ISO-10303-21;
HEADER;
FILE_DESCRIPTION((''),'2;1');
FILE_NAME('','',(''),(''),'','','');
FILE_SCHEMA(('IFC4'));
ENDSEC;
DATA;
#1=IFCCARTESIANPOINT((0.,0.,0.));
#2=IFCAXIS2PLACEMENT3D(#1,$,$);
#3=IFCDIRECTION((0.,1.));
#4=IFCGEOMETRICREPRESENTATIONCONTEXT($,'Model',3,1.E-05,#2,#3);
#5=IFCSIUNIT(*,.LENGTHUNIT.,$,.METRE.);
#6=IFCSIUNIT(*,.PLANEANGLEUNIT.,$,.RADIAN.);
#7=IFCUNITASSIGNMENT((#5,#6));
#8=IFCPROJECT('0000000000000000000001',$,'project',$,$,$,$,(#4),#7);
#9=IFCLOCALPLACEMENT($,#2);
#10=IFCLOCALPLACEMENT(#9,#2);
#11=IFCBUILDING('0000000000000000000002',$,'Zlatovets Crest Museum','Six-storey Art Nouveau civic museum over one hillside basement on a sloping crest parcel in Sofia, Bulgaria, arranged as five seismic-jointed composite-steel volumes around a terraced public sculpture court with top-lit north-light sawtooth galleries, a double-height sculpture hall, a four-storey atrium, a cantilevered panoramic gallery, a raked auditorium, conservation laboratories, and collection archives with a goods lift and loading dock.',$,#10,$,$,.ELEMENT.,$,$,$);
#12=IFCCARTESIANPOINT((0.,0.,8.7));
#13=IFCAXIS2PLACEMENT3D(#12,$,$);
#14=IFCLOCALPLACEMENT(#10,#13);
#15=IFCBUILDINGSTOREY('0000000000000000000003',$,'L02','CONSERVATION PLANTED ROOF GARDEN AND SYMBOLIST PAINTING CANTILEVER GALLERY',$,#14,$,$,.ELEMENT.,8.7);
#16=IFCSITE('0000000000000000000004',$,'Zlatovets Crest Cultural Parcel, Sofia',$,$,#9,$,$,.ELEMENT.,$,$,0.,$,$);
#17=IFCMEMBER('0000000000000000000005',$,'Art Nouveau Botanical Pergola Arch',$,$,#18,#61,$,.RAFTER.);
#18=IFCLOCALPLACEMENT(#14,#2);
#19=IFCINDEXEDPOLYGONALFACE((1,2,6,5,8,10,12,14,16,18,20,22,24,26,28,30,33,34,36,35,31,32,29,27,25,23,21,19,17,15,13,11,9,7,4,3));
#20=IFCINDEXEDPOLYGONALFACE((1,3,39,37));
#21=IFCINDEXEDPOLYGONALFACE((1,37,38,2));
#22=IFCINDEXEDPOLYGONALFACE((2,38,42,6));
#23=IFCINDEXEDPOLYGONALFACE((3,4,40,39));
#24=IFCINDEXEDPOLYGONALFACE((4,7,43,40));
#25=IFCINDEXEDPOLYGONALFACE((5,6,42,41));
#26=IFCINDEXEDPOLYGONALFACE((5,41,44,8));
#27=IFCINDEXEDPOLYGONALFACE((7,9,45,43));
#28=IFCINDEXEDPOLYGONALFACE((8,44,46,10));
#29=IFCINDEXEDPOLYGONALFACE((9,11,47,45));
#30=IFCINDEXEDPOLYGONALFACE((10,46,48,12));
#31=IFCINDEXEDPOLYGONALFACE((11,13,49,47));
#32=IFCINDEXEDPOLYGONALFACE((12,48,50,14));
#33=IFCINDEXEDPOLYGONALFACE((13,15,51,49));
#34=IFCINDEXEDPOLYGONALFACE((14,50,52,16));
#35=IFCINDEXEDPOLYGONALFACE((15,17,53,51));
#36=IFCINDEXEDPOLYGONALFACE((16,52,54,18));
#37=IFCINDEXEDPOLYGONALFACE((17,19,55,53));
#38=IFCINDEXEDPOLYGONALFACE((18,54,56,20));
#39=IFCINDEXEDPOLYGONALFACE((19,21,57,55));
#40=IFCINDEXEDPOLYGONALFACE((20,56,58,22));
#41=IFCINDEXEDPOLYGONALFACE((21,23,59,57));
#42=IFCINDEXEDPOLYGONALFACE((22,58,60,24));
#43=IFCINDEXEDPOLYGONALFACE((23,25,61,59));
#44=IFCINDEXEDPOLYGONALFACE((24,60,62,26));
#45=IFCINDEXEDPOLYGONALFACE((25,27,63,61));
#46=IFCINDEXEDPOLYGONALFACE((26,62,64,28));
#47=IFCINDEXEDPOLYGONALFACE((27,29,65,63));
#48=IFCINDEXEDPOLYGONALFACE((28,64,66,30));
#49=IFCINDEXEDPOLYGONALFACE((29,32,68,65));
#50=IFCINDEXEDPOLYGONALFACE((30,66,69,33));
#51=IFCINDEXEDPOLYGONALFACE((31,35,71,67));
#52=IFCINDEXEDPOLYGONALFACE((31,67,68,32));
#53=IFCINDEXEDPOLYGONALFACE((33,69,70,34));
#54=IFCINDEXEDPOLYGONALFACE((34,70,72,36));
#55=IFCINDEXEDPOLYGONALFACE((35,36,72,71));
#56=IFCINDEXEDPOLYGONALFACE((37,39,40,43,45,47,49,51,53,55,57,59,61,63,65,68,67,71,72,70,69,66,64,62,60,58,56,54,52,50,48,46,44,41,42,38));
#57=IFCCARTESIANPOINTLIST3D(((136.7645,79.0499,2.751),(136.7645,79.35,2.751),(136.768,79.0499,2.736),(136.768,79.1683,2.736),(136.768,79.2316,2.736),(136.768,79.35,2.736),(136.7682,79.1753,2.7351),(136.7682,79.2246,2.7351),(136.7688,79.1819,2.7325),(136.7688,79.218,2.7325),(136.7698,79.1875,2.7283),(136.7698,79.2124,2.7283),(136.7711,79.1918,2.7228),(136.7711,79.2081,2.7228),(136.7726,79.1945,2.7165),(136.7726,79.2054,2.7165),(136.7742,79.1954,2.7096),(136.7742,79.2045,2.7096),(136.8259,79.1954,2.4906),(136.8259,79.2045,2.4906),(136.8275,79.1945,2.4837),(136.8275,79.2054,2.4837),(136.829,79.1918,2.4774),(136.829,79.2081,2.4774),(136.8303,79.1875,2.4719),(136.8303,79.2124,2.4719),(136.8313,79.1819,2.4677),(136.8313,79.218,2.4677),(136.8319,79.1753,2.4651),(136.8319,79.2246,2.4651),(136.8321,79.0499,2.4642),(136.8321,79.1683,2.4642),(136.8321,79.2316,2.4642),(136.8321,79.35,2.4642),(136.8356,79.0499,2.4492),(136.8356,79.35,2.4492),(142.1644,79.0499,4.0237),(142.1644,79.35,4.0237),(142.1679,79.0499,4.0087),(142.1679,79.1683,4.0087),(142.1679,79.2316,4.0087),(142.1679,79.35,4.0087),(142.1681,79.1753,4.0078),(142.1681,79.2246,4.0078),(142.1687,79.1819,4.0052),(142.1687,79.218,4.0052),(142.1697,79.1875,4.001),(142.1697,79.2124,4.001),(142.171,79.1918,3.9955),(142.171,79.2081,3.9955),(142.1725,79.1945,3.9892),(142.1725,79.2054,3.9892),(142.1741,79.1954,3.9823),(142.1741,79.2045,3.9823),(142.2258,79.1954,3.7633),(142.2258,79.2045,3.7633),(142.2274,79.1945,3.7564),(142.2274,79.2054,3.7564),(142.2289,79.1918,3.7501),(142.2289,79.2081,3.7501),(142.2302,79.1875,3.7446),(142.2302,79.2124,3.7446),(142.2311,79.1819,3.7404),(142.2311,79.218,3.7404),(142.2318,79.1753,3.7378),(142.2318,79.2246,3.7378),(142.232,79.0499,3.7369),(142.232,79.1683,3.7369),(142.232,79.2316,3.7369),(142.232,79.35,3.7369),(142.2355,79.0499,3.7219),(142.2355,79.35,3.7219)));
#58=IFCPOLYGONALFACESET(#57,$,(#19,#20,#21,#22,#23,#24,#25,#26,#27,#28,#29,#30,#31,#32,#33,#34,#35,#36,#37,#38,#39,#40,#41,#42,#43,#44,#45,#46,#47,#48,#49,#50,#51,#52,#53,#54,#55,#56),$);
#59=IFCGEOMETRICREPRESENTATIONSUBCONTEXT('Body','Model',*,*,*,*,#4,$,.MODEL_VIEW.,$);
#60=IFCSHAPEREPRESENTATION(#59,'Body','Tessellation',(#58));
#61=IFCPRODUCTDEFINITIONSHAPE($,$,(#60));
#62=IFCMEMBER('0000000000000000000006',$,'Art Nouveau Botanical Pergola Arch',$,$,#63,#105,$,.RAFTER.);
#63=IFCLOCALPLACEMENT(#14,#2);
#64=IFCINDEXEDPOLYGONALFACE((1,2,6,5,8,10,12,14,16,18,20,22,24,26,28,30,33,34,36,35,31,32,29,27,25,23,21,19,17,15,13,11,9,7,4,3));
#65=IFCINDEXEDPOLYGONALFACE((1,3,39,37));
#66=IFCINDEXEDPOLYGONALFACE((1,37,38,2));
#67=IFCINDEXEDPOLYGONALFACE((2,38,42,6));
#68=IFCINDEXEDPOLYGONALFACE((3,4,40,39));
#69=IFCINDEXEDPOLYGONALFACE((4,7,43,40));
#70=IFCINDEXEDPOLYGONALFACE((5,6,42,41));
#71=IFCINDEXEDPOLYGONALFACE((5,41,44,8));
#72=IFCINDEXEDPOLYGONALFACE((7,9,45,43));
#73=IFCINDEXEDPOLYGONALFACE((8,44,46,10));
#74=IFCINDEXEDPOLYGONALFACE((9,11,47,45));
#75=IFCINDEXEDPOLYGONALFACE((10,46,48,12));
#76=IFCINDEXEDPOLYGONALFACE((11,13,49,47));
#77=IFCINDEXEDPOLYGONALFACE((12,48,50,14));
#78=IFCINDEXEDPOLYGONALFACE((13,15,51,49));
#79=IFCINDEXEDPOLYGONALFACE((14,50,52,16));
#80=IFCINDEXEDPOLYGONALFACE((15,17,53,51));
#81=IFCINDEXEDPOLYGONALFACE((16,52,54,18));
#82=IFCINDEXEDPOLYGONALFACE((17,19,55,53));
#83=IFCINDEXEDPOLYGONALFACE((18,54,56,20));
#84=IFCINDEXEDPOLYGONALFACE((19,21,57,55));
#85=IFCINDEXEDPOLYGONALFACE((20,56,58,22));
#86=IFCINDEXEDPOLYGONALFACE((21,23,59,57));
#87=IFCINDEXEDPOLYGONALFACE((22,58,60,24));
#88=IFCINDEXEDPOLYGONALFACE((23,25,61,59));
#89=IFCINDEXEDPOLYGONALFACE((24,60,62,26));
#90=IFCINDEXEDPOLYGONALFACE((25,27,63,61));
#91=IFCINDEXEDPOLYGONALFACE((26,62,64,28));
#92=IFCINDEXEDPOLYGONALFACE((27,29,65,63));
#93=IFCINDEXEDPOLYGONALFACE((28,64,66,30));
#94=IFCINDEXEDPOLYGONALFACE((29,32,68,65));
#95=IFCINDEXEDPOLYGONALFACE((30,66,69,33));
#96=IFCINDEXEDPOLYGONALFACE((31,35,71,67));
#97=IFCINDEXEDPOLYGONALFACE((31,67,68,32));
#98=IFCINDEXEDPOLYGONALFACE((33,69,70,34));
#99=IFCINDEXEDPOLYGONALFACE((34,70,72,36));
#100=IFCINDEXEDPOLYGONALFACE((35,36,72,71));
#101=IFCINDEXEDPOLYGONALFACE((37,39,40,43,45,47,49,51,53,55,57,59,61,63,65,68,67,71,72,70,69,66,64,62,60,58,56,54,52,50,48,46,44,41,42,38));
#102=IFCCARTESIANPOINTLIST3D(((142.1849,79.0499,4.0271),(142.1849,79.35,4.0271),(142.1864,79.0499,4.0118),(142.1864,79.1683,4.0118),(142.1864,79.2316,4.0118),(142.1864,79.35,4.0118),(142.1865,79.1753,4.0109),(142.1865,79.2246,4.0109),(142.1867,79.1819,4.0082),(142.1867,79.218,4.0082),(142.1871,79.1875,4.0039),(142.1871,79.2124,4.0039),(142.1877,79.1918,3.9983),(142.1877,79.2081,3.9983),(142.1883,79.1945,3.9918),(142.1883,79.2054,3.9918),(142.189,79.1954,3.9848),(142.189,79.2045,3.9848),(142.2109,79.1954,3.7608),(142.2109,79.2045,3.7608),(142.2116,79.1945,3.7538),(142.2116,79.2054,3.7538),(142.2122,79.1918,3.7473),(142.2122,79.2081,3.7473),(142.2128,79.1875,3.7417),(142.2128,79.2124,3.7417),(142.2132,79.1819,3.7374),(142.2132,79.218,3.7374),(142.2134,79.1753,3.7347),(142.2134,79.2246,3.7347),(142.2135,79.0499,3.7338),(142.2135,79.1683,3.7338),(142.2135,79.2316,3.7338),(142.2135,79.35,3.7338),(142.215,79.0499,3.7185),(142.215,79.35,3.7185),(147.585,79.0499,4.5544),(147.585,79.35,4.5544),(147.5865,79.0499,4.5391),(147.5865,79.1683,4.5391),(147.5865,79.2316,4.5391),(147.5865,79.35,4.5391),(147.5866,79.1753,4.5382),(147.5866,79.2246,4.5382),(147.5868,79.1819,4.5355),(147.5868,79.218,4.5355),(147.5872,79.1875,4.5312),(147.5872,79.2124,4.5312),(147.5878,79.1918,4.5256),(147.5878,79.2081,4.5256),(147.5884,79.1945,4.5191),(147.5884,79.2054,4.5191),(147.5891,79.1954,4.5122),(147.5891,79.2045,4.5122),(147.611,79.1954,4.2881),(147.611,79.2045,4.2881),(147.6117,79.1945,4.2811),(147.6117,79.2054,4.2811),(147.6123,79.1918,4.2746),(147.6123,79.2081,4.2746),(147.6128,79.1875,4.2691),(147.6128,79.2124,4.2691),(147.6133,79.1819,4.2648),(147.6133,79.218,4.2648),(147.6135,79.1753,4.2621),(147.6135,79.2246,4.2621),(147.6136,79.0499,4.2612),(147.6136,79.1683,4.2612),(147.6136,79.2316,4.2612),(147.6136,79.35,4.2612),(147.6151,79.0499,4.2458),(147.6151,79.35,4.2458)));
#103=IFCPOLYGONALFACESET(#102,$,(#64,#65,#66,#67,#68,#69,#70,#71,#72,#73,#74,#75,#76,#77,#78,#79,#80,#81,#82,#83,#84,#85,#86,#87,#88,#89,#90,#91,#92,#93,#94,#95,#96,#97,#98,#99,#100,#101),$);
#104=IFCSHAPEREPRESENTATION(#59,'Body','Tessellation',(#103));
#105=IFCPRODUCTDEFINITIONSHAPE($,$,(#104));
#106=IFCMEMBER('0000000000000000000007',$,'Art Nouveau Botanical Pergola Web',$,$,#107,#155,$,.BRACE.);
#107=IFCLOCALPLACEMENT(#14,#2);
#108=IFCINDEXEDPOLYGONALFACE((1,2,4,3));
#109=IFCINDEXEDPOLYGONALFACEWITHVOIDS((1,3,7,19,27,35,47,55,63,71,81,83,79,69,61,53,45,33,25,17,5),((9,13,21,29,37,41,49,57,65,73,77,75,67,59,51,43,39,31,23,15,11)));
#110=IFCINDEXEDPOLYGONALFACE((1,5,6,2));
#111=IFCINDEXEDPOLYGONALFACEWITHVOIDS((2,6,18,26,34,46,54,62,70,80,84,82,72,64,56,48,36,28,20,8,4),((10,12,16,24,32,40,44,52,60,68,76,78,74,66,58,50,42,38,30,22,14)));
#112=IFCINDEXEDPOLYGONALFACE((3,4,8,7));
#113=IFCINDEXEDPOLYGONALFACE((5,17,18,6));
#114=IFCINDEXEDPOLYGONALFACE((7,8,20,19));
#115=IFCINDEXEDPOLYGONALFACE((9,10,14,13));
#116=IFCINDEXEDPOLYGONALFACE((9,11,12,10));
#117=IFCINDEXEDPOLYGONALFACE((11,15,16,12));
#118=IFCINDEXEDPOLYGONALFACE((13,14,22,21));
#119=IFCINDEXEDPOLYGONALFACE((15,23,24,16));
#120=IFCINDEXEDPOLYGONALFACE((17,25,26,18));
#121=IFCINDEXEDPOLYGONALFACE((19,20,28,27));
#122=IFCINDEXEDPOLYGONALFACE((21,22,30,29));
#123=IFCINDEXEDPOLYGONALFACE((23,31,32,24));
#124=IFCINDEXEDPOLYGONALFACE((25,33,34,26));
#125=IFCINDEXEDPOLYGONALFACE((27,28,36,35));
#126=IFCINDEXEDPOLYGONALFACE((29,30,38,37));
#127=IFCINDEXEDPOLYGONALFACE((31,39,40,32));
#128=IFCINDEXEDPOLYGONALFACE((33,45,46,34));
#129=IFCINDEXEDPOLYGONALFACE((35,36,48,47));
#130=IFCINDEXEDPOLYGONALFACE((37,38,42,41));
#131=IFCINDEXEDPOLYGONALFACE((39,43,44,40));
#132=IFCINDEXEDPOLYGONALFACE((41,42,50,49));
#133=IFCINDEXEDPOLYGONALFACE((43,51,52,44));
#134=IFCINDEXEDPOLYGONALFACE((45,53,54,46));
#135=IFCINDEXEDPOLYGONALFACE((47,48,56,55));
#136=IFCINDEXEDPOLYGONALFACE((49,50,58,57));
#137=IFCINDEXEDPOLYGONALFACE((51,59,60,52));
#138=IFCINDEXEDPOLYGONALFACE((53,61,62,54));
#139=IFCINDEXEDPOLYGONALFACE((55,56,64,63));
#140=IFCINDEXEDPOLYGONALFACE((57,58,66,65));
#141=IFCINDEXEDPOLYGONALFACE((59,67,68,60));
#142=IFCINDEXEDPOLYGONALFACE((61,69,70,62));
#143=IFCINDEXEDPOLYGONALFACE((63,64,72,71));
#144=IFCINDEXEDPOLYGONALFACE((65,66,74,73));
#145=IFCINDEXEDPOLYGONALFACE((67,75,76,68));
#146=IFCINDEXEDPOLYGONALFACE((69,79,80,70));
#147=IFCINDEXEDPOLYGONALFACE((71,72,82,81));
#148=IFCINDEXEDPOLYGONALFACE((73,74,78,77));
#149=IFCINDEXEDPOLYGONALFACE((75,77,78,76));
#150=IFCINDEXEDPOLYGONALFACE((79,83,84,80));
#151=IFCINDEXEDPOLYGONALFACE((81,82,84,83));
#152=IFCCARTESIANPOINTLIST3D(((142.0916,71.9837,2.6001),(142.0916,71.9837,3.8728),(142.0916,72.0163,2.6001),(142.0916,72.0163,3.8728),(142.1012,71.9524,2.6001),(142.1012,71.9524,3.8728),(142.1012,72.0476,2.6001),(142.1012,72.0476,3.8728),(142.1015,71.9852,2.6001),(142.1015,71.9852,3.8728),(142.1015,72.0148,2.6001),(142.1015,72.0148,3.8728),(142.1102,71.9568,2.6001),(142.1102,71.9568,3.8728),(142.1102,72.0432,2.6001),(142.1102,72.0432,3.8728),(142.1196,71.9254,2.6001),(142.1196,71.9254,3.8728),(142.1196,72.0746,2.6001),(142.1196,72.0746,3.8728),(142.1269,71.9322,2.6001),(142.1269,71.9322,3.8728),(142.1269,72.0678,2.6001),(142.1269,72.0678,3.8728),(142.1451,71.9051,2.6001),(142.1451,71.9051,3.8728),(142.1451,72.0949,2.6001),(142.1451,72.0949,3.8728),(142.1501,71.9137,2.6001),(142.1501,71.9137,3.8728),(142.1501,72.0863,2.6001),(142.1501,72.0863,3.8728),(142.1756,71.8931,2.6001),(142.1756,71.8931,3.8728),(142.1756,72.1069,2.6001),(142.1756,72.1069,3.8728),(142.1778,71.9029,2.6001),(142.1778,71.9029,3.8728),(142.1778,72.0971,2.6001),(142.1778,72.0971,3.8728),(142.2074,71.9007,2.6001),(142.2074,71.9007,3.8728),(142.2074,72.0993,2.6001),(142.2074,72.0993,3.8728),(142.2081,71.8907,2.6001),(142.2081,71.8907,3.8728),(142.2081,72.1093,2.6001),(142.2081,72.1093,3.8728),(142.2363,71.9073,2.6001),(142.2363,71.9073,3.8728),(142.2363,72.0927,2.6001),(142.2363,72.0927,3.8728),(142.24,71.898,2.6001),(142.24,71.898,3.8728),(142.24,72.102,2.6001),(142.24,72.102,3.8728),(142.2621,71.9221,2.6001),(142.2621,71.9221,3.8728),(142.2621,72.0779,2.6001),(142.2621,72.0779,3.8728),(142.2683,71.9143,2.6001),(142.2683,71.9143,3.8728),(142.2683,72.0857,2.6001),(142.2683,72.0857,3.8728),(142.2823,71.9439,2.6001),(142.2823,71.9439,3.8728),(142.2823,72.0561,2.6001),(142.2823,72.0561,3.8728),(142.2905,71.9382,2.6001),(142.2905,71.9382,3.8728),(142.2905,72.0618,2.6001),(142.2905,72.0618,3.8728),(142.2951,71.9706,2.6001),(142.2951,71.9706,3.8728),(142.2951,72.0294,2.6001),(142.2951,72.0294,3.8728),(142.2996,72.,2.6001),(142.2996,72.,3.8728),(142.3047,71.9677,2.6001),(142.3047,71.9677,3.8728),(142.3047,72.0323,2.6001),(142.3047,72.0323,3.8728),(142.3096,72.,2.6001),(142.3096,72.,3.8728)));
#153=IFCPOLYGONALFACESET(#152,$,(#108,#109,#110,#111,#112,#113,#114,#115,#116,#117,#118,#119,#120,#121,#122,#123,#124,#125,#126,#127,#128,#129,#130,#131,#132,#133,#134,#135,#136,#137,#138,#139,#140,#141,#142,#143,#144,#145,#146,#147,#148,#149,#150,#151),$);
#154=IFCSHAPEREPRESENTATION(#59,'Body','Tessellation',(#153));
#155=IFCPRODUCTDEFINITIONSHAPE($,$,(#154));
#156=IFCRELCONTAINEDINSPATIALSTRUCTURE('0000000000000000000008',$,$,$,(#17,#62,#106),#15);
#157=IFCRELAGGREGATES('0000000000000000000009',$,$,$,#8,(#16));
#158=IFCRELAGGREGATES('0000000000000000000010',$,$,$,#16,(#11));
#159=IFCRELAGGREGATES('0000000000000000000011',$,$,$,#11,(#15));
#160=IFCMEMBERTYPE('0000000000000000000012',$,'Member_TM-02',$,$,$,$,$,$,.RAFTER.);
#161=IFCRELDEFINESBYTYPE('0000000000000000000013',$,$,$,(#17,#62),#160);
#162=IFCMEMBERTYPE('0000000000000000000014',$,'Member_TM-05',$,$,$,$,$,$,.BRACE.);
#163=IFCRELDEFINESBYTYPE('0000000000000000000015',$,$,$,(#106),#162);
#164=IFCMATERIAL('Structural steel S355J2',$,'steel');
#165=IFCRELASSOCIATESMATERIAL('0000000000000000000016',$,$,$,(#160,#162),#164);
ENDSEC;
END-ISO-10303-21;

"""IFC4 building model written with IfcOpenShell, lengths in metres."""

from ifc_helpers import new_model, si_unit, direction, frame, origin, origin_2d, place, context, subcontext, project, spatial, hollow_circle, i_section, extrude, material, material_profile, profile_set, type_object, element, save


model = new_model("IFC4")

# Units and contexts
model_context = context("Model", 3, precision=1e-05, world=origin(), true_north=direction((0.0, 1.0)))
body_context = subcontext(model_context, "Body", "Model", "MODEL_VIEW")
ifc_project = project(units=[si_unit("LENGTHUNIT", "METRE"), si_unit("PLANEANGLEUNIT", "RADIAN")], contexts=[model_context])

# Site, building, storey
site_placement = place(None, origin())
site = spatial("IfcSite", under=ifc_project, at=site_placement, Name="Zlatovets Crest Cultural Parcel, Sofia", CompositionType="ELEMENT", RefElevation=0.0)
building_placement = place(site_placement, origin())
building = spatial("IfcBuilding", under=site, at=building_placement, Name="Zlatovets Crest Museum", Description="Six-storey Art Nouveau civic museum over one hillside basement on a sloping crest parcel in Sofia, Bulgaria, arranged as five seismic-jointed composite-steel volumes around a terraced public sculpture court with top-lit north-light sawtooth galleries, a double-height sculpture hall, a four-storey atrium, a cantilevered panoramic gallery, a raked auditorium, conservation laboratories, and collection archives with a goods lift and loading dock.", CompositionType="ELEMENT")
storey_placement = place(building_placement, frame((0.0, 0.0, 8.7)))
storey = spatial("IfcBuildingStorey", under=building, at=storey_placement, Name="L02", Description="CONSERVATION PLANTED ROOF GARDEN AND SYMBOLIST PAINTING CANTILEVER GALLERY", CompositionType="ELEMENT", Elevation=8.7)

# Shared definitions
ifc_material = material(Name="Structural steel S355J2", Category="steel")

# Members
ifc_material_profile_1 = material_profile(ifc_material, i_section(OverallWidth=0.3, OverallDepth=0.3101, WebThickness=0.009, FlangeThickness=0.0154, FilletRadius=0.0271, at=origin_2d()), Name="HEA 320")
ifc_profile_set_1 = profile_set([ifc_material_profile_1], Name="Structural steel S355J2")
member_type_1 = type_object("IfcMemberType", Name="Member_TM-02", PredefinedType="RAFTER", material=ifc_profile_set_1)
member_1_placement = place(storey_placement, frame((136.8, 79.2, 2.6001), z_axis=(0.973331, 0.0, 0.229405), x_axis=(0.0, 1.0, 0.0)))
element("IfcMember", 1, at=member_1_placement, inside=storey, type_object=member_type_1, Name="Art Nouveau Botanical Pergola Arch", PredefinedType="RAFTER", context=body_context, shape_type="SweptSolid", body=[
    extrude(i_section(OverallWidth=0.3, OverallDepth=0.3101, WebThickness=0.009, FlangeThickness=0.0154, FilletRadius=0.0271, at=origin_2d()), origin(), (0.0, 0.0, 1.0), 5.5479),
])
member_2_placement = place(storey_placement, frame((142.2, 79.2, 3.8728), z_axis=(0.995266, 0.0, 0.097191), x_axis=(0.0, 1.0, 0.0)))
element("IfcMember", 2, at=member_2_placement, inside=storey, type_object=member_type_1, Name="Art Nouveau Botanical Pergola Arch", PredefinedType="RAFTER", context=body_context, shape_type="SweptSolid", body=[
    extrude(i_section(OverallWidth=0.3, OverallDepth=0.3101, WebThickness=0.009, FlangeThickness=0.0154, FilletRadius=0.0271, at=origin_2d()), origin(), (0.0, 0.0, 1.0), 5.4258),
])
ifc_material_profile_2 = material_profile(ifc_material, hollow_circle(Radius=0.1096, WallThickness=0.01, at=origin_2d()), Name="CHS 219.1x10.0")
ifc_profile_set_2 = profile_set([ifc_material_profile_2], Name="Structural steel S355J2")
member_type_2 = type_object("IfcMemberType", Name="Member_TM-05", PredefinedType="BRACE", material=ifc_profile_set_2)
member_3_placement = place(storey_placement, frame((142.2, 72.0, 2.6001), z_axis=(0.0, 0.0, 1.0), x_axis=(1.0, 0.0, 0.0)))
element("IfcMember", 3, at=member_3_placement, inside=storey, type_object=member_type_2, Name="Art Nouveau Botanical Pergola Web", PredefinedType="BRACE", context=body_context, shape_type="SweptSolid", body=[
    extrude(hollow_circle(Radius=0.1096, WallThickness=0.01, at=origin_2d()), origin(), (0.0, 0.0, 1.0), 1.2727),
])

save(model, "model.ifc")
